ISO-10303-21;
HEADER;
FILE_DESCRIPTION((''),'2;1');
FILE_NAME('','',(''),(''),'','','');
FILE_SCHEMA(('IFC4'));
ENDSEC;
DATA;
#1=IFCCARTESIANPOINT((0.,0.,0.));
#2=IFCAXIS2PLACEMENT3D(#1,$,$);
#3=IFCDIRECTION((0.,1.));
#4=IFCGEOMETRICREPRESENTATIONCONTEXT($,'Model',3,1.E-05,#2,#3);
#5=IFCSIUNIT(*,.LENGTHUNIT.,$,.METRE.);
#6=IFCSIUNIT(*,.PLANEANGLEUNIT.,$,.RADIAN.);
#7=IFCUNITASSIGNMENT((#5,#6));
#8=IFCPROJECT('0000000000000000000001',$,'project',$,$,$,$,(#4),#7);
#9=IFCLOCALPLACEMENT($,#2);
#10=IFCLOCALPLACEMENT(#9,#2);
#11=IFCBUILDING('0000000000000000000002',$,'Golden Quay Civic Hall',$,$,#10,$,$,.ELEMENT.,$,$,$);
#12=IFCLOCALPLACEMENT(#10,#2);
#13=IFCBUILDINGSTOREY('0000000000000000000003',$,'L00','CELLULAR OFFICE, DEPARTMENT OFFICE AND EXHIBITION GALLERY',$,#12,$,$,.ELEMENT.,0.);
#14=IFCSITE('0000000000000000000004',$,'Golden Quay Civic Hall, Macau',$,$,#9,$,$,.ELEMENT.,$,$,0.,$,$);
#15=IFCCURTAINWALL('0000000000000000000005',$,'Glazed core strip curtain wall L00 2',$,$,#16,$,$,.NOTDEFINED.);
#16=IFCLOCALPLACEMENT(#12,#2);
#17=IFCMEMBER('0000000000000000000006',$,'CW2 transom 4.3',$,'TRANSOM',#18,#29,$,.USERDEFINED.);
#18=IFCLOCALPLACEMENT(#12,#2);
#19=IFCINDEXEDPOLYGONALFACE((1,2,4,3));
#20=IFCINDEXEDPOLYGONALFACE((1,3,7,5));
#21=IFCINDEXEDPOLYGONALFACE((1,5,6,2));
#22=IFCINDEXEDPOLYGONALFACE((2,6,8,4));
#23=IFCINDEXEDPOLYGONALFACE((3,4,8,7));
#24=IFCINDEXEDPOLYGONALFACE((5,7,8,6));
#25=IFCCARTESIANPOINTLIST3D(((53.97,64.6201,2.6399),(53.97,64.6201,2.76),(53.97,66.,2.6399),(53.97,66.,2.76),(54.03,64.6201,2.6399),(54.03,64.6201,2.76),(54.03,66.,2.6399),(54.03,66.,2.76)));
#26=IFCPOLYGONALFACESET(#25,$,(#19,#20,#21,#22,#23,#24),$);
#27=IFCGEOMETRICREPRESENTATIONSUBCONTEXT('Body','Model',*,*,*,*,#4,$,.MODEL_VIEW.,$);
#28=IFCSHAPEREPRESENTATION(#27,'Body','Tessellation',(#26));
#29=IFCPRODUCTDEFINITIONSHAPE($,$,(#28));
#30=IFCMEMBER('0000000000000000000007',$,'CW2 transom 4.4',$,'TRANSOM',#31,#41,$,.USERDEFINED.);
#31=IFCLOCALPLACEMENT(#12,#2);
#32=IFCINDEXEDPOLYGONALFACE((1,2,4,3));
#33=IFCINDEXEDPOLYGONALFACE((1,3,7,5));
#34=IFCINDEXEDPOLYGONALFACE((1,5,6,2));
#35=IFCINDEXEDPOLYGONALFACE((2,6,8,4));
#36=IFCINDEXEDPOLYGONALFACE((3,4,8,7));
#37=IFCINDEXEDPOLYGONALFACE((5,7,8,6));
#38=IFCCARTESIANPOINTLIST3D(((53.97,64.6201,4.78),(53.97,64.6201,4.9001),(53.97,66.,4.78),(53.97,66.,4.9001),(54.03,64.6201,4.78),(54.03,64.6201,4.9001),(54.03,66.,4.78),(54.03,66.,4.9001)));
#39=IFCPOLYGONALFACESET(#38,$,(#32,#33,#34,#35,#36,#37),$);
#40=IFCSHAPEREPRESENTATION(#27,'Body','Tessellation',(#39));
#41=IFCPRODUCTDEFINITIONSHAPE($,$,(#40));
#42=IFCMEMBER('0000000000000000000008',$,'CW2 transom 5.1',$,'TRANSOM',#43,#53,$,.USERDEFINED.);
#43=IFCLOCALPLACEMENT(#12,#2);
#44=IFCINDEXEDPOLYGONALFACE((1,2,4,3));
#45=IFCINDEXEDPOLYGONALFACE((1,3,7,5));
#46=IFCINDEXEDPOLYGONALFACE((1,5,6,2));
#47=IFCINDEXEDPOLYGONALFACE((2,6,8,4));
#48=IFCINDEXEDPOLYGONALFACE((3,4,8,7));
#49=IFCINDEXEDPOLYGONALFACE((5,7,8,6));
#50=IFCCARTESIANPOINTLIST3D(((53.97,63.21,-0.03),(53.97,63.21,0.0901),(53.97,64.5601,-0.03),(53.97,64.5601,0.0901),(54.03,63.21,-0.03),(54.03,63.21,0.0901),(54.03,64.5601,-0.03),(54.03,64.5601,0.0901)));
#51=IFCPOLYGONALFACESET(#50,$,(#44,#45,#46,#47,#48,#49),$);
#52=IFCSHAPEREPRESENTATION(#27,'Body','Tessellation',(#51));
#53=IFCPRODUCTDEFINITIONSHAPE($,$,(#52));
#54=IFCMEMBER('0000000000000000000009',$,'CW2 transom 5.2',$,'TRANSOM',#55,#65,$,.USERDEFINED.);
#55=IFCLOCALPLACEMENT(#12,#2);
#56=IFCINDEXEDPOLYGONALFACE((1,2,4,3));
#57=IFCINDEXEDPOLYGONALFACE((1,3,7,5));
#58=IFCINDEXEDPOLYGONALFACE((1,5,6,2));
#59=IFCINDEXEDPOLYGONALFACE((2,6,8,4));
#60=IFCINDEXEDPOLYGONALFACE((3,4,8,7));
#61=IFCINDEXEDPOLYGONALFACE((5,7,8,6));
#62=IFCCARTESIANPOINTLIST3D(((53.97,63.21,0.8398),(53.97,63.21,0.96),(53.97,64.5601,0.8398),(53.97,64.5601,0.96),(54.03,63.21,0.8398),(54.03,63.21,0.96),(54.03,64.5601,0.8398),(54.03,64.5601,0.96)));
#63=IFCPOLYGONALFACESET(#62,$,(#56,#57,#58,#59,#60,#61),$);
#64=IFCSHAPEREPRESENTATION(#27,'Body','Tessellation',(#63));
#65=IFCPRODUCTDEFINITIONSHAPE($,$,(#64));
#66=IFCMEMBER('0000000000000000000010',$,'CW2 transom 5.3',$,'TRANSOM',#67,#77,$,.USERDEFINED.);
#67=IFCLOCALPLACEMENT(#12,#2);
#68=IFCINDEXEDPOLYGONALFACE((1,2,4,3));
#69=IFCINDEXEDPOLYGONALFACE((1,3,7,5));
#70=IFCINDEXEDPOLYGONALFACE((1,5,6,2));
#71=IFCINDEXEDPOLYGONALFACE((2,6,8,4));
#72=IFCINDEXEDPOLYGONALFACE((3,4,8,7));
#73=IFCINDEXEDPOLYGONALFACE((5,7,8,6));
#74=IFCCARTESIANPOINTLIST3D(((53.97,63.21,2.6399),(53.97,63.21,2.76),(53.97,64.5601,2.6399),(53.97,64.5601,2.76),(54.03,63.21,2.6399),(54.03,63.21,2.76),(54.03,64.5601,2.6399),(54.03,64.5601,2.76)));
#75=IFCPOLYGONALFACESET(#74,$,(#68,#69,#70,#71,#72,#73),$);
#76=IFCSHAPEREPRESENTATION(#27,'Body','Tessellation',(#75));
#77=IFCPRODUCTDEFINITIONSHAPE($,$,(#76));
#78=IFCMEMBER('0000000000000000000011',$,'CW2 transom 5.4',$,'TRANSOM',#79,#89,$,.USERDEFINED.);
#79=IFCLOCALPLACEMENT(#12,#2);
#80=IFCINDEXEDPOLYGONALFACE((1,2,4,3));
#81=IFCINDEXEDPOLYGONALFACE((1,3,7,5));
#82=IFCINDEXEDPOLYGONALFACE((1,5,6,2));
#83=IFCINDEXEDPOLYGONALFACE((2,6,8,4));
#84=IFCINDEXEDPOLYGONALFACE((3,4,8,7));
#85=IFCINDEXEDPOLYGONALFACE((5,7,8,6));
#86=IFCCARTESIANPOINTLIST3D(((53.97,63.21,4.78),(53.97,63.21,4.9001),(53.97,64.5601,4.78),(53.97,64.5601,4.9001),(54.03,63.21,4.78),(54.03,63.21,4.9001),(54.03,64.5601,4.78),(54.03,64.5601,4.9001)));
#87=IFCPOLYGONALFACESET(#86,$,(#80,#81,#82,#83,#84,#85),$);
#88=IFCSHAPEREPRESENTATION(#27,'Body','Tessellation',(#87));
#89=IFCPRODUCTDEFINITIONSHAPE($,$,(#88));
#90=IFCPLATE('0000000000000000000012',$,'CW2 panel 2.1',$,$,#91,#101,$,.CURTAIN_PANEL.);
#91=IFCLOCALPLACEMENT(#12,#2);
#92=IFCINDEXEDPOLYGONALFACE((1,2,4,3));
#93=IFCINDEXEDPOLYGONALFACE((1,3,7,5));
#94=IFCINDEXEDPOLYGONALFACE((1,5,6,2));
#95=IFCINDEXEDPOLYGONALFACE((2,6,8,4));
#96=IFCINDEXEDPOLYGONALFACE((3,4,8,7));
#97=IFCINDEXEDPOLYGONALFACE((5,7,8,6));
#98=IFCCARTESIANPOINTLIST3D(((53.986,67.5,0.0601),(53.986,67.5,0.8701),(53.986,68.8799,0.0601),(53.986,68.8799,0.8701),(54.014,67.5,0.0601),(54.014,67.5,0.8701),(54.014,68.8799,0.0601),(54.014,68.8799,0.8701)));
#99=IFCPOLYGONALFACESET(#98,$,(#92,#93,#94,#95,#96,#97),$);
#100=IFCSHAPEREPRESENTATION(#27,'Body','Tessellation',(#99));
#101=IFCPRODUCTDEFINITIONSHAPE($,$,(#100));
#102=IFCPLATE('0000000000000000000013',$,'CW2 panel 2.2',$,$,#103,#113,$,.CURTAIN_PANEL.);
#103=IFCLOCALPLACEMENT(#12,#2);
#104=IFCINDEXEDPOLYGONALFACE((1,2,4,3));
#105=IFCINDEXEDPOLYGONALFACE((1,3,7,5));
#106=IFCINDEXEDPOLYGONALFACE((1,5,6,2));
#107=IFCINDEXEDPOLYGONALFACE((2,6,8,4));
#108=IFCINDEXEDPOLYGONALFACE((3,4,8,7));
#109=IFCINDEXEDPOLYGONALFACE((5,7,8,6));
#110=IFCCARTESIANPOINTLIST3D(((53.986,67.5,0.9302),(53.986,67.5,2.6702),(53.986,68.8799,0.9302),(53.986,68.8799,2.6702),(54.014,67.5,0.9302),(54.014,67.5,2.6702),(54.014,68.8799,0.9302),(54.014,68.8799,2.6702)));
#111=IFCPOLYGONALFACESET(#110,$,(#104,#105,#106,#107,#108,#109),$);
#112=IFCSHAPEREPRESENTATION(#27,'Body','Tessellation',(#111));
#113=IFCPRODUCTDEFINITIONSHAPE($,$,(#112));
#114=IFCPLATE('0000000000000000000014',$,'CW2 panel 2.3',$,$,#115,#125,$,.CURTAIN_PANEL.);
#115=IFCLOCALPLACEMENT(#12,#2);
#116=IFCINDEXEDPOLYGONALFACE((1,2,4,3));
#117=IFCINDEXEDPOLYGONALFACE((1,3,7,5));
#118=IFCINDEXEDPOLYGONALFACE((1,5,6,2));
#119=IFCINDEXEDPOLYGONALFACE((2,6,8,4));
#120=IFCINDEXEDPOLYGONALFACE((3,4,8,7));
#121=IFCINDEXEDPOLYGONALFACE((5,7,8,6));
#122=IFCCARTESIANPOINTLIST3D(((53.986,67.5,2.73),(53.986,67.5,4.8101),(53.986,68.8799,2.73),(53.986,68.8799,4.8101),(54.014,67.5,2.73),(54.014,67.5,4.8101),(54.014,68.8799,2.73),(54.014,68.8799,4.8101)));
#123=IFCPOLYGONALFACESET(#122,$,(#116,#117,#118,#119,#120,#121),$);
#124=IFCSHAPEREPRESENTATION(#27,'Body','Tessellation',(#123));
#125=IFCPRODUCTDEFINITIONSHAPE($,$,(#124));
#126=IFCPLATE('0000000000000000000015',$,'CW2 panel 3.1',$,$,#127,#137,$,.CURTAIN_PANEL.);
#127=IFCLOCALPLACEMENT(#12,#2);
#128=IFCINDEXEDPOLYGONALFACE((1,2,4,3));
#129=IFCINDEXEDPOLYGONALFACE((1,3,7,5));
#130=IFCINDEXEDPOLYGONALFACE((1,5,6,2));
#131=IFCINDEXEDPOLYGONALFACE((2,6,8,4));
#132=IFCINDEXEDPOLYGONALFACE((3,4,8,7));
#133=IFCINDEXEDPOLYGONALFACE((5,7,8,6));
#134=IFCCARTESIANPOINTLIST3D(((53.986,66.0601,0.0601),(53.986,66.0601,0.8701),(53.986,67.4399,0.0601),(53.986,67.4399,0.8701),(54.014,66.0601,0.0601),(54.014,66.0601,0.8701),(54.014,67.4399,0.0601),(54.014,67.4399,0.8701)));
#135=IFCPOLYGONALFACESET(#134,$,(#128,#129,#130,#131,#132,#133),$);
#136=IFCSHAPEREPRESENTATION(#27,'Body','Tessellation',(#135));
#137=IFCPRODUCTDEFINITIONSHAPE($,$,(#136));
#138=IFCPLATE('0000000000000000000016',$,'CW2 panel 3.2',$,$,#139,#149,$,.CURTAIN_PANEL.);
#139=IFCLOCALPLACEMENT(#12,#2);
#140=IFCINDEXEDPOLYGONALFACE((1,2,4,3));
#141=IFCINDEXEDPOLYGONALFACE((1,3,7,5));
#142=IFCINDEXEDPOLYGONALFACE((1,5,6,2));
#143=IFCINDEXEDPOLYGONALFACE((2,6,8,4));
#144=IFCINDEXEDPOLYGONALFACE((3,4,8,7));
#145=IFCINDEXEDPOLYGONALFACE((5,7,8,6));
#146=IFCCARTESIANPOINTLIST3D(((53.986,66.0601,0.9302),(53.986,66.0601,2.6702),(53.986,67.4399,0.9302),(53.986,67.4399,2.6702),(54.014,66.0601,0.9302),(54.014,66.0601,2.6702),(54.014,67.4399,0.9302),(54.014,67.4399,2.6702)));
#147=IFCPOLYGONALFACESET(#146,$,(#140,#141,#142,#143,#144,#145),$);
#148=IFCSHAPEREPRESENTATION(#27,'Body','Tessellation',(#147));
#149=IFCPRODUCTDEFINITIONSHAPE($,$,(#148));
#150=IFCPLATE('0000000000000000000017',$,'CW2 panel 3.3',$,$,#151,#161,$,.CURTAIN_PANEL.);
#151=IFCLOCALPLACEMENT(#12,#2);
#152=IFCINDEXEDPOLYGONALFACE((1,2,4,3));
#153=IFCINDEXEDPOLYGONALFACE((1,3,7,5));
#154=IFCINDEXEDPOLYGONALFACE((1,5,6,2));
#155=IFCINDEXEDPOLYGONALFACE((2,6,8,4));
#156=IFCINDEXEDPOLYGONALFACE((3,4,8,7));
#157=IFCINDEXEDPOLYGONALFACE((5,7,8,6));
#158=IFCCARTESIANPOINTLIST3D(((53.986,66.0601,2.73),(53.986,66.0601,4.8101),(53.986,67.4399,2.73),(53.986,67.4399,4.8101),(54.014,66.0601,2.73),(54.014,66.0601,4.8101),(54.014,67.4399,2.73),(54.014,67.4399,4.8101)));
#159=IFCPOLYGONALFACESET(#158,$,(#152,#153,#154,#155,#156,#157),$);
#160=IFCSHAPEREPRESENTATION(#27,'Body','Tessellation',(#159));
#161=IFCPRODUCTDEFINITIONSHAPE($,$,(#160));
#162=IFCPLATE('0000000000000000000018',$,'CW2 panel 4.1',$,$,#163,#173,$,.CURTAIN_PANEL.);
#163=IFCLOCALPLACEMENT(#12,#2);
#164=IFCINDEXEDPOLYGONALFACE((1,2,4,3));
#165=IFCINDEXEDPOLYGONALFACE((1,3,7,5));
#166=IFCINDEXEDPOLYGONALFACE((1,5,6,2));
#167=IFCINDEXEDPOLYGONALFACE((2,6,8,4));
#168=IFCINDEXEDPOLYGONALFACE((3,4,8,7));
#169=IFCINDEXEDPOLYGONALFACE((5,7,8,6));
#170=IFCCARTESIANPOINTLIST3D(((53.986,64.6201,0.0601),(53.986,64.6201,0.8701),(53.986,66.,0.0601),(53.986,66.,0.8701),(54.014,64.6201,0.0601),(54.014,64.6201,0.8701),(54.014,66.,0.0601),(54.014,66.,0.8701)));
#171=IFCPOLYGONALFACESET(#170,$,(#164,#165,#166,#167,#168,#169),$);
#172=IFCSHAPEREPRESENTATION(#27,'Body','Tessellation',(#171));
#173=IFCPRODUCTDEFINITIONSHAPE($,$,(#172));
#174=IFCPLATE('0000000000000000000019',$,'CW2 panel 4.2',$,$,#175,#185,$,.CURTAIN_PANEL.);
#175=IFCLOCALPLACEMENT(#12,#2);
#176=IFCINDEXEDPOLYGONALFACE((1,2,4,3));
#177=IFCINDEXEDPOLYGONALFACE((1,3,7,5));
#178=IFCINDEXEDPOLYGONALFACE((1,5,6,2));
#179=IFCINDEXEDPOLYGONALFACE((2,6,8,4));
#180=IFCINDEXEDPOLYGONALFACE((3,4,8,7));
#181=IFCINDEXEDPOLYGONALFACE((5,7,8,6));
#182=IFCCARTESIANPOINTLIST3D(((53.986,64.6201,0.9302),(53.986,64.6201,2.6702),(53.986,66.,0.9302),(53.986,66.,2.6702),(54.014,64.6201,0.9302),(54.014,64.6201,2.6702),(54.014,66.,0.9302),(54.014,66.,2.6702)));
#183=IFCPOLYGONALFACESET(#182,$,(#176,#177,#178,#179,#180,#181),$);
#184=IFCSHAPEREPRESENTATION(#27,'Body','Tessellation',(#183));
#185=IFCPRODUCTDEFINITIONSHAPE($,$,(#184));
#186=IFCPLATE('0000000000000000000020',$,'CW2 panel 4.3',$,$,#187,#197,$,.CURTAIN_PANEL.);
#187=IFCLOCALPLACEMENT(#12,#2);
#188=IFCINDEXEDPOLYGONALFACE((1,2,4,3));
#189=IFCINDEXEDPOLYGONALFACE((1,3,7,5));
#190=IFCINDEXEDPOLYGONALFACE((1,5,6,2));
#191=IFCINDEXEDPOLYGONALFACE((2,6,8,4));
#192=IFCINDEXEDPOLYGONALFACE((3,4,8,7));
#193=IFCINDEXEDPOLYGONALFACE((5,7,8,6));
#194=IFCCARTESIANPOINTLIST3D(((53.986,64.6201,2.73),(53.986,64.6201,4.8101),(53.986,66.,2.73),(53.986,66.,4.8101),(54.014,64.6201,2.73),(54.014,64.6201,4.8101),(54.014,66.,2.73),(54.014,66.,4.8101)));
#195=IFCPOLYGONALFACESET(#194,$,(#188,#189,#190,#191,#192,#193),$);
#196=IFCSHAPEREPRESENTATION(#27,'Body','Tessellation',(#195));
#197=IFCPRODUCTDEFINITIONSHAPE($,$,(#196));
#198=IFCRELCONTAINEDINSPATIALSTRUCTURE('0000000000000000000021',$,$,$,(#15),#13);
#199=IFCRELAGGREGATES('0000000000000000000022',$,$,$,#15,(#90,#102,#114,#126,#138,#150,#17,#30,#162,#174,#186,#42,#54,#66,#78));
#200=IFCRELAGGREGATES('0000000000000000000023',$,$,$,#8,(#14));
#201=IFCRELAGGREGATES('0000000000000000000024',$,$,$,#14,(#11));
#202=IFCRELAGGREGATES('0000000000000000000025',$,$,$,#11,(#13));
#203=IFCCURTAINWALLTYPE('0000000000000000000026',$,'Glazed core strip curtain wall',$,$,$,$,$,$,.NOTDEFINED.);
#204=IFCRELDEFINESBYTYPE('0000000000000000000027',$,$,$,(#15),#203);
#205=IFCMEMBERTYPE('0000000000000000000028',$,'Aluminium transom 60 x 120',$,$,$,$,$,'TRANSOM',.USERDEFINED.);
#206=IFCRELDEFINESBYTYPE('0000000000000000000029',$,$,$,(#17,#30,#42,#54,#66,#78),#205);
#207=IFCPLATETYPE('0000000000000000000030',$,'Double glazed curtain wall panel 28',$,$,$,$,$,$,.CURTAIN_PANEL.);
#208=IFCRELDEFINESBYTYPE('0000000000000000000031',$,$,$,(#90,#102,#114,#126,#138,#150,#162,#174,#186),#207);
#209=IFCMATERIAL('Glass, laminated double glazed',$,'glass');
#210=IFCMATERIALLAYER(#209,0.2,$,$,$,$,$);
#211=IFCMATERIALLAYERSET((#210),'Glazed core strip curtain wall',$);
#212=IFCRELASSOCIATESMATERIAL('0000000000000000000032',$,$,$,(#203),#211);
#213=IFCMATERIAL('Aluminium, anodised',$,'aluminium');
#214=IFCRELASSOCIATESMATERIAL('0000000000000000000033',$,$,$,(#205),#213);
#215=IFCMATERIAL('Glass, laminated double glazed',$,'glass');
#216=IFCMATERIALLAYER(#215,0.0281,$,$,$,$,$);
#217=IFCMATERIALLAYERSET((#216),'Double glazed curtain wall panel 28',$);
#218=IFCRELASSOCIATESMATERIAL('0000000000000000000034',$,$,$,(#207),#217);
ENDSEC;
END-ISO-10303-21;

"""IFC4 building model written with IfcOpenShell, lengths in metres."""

from ifc_helpers import new_model, si_unit, direction, frame, origin, origin_2d, place, context, subcontext, project, spatial, rectangle, extrude, material, layer, layer_set, material_profile, profile_set, type_object, element, aggregate, save


model = new_model("IFC4")

# Units and contexts
model_context = context("Model", 3, precision=1e-05, world=origin(), true_north=direction((0.0, 1.0)))
body_context = subcontext(model_context, "Body", "Model", "MODEL_VIEW")
ifc_project = project(units=[si_unit("LENGTHUNIT", "METRE"), si_unit("PLANEANGLEUNIT", "RADIAN")], contexts=[model_context])

# Site, building, storey
site_placement = place(None, origin())
site = spatial("IfcSite", under=ifc_project, at=site_placement, Name="Golden Quay Civic Hall, Macau", CompositionType="ELEMENT", RefElevation=0.0)
building_placement = place(site_placement, origin())
building = spatial("IfcBuilding", under=site, at=building_placement, Name="Golden Quay Civic Hall", CompositionType="ELEMENT")
storey_placement = place(building_placement, origin())
storey = spatial("IfcBuildingStorey", under=building, at=storey_placement, Name="L00", Description="CELLULAR OFFICE, DEPARTMENT OFFICE AND EXHIBITION GALLERY", CompositionType="ELEMENT", Elevation=0.0)

# Curtain wall, members, plates
ifc_material_1 = material(Name="Glass, laminated double glazed", Category="glass")
ifc_layer_1 = layer(ifc_material_1, 0.2)
ifc_layer_set_1 = layer_set([ifc_layer_1], Name="Glazed core strip curtain wall")
curtain_wall_type = type_object("IfcCurtainWallType", Name="Glazed core strip curtain wall", PredefinedType="NOTDEFINED", material=ifc_layer_set_1)
curtain_wall_placement = place(storey_placement, origin())
curtain_wall = element("IfcCurtainWall", 1, at=curtain_wall_placement, inside=storey, type_object=curtain_wall_type, Name="Glazed core strip curtain wall L00 2", PredefinedType="NOTDEFINED")
ifc_material_2 = material(Name="Aluminium, anodised", Category="aluminium")
ifc_material_profile_1 = material_profile(ifc_material_2, rectangle(XDim=0.0601, YDim=0.1201, at=origin_2d()), Name="Aluminium 60 x 120")
ifc_profile_set_1 = profile_set([ifc_material_profile_1], Name="Aluminium, anodised")
member_type_1 = type_object("IfcMemberType", Name="Aluminium transom 60 x 120", ElementType="TRANSOM", PredefinedType="USERDEFINED", material=ifc_profile_set_1)
member_1_placement = place(storey_placement, frame((54.0, 66.0, 2.7), z_axis=(0.0, -1.0, 0.0), x_axis=(1.0, 0.0, 0.0)))
member_1 = element("IfcMember", 2, at=member_1_placement, type_object=member_type_1, Name="CW2 transom 4.3", ObjectType="TRANSOM", PredefinedType="USERDEFINED", context=body_context, shape_type="SweptSolid", body=[
    extrude(rectangle(XDim=0.0601, YDim=0.1201, at=origin_2d()), origin(), (0.0, 0.0, 1.0), 1.3799),
])
member_2_placement = place(storey_placement, frame((54.0, 66.0, 4.8401), z_axis=(0.0, -1.0, 0.0), x_axis=(1.0, 0.0, 0.0)))
member_2 = element("IfcMember", 3, at=member_2_placement, type_object=member_type_1, Name="CW2 transom 4.4", ObjectType="TRANSOM", PredefinedType="USERDEFINED", context=body_context, shape_type="SweptSolid", body=[
    extrude(rectangle(XDim=0.0601, YDim=0.1201, at=origin_2d()), origin(), (0.0, 0.0, 1.0), 1.3799),
])
member_3_placement = place(storey_placement, frame((54.0, 64.5601, 0.03), z_axis=(0.0, -1.0, 0.0), x_axis=(1.0, 0.0, 0.0)))
member_3 = element("IfcMember", 4, at=member_3_placement, type_object=member_type_1, Name="CW2 transom 5.1", ObjectType="TRANSOM", PredefinedType="USERDEFINED", context=body_context, shape_type="SweptSolid", body=[
    extrude(rectangle(XDim=0.0601, YDim=0.1201, at=origin_2d()), origin(), (0.0, 0.0, 1.0), 1.3501),
])
member_4_placement = place(storey_placement, frame((54.0, 64.5601, 0.8999), z_axis=(0.0, -1.0, 0.0), x_axis=(1.0, 0.0, 0.0)))
member_4 = element("IfcMember", 5, at=member_4_placement, type_object=member_type_1, Name="CW2 transom 5.2", ObjectType="TRANSOM", PredefinedType="USERDEFINED", context=body_context, shape_type="SweptSolid", body=[
    extrude(rectangle(XDim=0.0601, YDim=0.1201, at=origin_2d()), origin(), (0.0, 0.0, 1.0), 1.3501),
])
member_5_placement = place(storey_placement, frame((54.0, 64.5601, 2.7), z_axis=(0.0, -1.0, 0.0), x_axis=(1.0, 0.0, 0.0)))
member_5 = element("IfcMember", 6, at=member_5_placement, type_object=member_type_1, Name="CW2 transom 5.3", ObjectType="TRANSOM", PredefinedType="USERDEFINED", context=body_context, shape_type="SweptSolid", body=[
    extrude(rectangle(XDim=0.0601, YDim=0.1201, at=origin_2d()), origin(), (0.0, 0.0, 1.0), 1.3501),
])
member_6_placement = place(storey_placement, frame((54.0, 64.5601, 4.8401), z_axis=(0.0, -1.0, 0.0), x_axis=(1.0, 0.0, 0.0)))
member_6 = element("IfcMember", 7, at=member_6_placement, type_object=member_type_1, Name="CW2 transom 5.4", ObjectType="TRANSOM", PredefinedType="USERDEFINED", context=body_context, shape_type="SweptSolid", body=[
    extrude(rectangle(XDim=0.0601, YDim=0.1201, at=origin_2d()), origin(), (0.0, 0.0, 1.0), 1.3501),
])
ifc_material_3 = material(Name="Glass, laminated double glazed", Category="glass")
ifc_layer_2 = layer(ifc_material_3, 0.0281)
ifc_layer_set_2 = layer_set([ifc_layer_2], Name="Double glazed curtain wall panel 28")
plate_type = type_object("IfcPlateType", Name="Double glazed curtain wall panel 28", PredefinedType="CURTAIN_PANEL", material=ifc_layer_set_2)
plate_1_placement = place(storey_placement, frame((54.0, 68.1899, 0.0601), z_axis=(0.0, 0.0, 1.0), x_axis=(0.0, -1.0, 0.0)))
plate_1 = element("IfcPlate", 8, at=plate_1_placement, type_object=plate_type, Name="CW2 panel 2.1", PredefinedType="CURTAIN_PANEL", context=body_context, shape_type="SweptSolid", body=[
    extrude(rectangle(XDim=1.3799, YDim=0.0281, at=origin_2d()), origin(), (0.0, 0.0, 1.0), 0.8101),
])
plate_2_placement = place(storey_placement, frame((54.0, 68.1899, 0.9302), z_axis=(0.0, 0.0, 1.0), x_axis=(0.0, -1.0, 0.0)))
plate_2 = element("IfcPlate", 9, at=plate_2_placement, type_object=plate_type, Name="CW2 panel 2.2", PredefinedType="CURTAIN_PANEL", context=body_context, shape_type="SweptSolid", body=[
    extrude(rectangle(XDim=1.3799, YDim=0.0281, at=origin_2d()), origin(), (0.0, 0.0, 1.0), 1.74),
])
plate_3_placement = place(storey_placement, frame((54.0, 68.1899, 2.73), z_axis=(0.0, 0.0, 1.0), x_axis=(0.0, -1.0, 0.0)))
plate_3 = element("IfcPlate", 10, at=plate_3_placement, type_object=plate_type, Name="CW2 panel 2.3", PredefinedType="CURTAIN_PANEL", context=body_context, shape_type="SweptSolid", body=[
    extrude(rectangle(XDim=1.3799, YDim=0.0281, at=origin_2d()), origin(), (0.0, 0.0, 1.0), 2.0801),
])
plate_4_placement = place(storey_placement, frame((54.0, 66.75, 0.0601), z_axis=(0.0, 0.0, 1.0), x_axis=(0.0, -1.0, 0.0)))
plate_4 = element("IfcPlate", 11, at=plate_4_placement, type_object=plate_type, Name="CW2 panel 3.1", PredefinedType="CURTAIN_PANEL", context=body_context, shape_type="SweptSolid", body=[
    extrude(rectangle(XDim=1.3799, YDim=0.0281, at=origin_2d()), origin(), (0.0, 0.0, 1.0), 0.8101),
])
plate_5_placement = place(storey_placement, frame((54.0, 66.75, 0.9302), z_axis=(0.0, 0.0, 1.0), x_axis=(0.0, -1.0, 0.0)))
plate_5 = element("IfcPlate", 12, at=plate_5_placement, type_object=plate_type, Name="CW2 panel 3.2", PredefinedType="CURTAIN_PANEL", context=body_context, shape_type="SweptSolid", body=[
    extrude(rectangle(XDim=1.3799, YDim=0.0281, at=origin_2d()), origin(), (0.0, 0.0, 1.0), 1.74),
])
plate_6_placement = place(storey_placement, frame((54.0, 66.75, 2.73), z_axis=(0.0, 0.0, 1.0), x_axis=(0.0, -1.0, 0.0)))
plate_6 = element("IfcPlate", 13, at=plate_6_placement, type_object=plate_type, Name="CW2 panel 3.3", PredefinedType="CURTAIN_PANEL", context=body_context, shape_type="SweptSolid", body=[
    extrude(rectangle(XDim=1.3799, YDim=0.0281, at=origin_2d()), origin(), (0.0, 0.0, 1.0), 2.0801),
])
plate_7_placement = place(storey_placement, frame((54.0, 65.3101, 0.0601), z_axis=(0.0, 0.0, 1.0), x_axis=(0.0, -1.0, 0.0)))
plate_7 = element("IfcPlate", 14, at=plate_7_placement, type_object=plate_type, Name="CW2 panel 4.1", PredefinedType="CURTAIN_PANEL", context=body_context, shape_type="SweptSolid", body=[
    extrude(rectangle(XDim=1.3799, YDim=0.0281, at=origin_2d()), origin(), (0.0, 0.0, 1.0), 0.8101),
])
plate_8_placement = place(storey_placement, frame((54.0, 65.3101, 0.9302), z_axis=(0.0, 0.0, 1.0), x_axis=(0.0, -1.0, 0.0)))
plate_8 = element("IfcPlate", 15, at=plate_8_placement, type_object=plate_type, Name="CW2 panel 4.2", PredefinedType="CURTAIN_PANEL", context=body_context, shape_type="SweptSolid", body=[
    extrude(rectangle(XDim=1.3799, YDim=0.0281, at=origin_2d()), origin(), (0.0, 0.0, 1.0), 1.74),
])
plate_9_placement = place(storey_placement, frame((54.0, 65.3101, 2.73), z_axis=(0.0, 0.0, 1.0), x_axis=(0.0, -1.0, 0.0)))
plate_9 = element("IfcPlate", 16, at=plate_9_placement, type_object=plate_type, Name="CW2 panel 4.3", PredefinedType="CURTAIN_PANEL", context=body_context, shape_type="SweptSolid", body=[
    extrude(rectangle(XDim=1.3799, YDim=0.0281, at=origin_2d()), origin(), (0.0, 0.0, 1.0), 2.0801),
])
aggregate(curtain_wall, [plate_1, plate_2, plate_3, plate_4, plate_5, plate_6, member_1, member_2, plate_7, plate_8, plate_9, member_3, member_4, member_5, member_6])

save(model, "model.ifc")
